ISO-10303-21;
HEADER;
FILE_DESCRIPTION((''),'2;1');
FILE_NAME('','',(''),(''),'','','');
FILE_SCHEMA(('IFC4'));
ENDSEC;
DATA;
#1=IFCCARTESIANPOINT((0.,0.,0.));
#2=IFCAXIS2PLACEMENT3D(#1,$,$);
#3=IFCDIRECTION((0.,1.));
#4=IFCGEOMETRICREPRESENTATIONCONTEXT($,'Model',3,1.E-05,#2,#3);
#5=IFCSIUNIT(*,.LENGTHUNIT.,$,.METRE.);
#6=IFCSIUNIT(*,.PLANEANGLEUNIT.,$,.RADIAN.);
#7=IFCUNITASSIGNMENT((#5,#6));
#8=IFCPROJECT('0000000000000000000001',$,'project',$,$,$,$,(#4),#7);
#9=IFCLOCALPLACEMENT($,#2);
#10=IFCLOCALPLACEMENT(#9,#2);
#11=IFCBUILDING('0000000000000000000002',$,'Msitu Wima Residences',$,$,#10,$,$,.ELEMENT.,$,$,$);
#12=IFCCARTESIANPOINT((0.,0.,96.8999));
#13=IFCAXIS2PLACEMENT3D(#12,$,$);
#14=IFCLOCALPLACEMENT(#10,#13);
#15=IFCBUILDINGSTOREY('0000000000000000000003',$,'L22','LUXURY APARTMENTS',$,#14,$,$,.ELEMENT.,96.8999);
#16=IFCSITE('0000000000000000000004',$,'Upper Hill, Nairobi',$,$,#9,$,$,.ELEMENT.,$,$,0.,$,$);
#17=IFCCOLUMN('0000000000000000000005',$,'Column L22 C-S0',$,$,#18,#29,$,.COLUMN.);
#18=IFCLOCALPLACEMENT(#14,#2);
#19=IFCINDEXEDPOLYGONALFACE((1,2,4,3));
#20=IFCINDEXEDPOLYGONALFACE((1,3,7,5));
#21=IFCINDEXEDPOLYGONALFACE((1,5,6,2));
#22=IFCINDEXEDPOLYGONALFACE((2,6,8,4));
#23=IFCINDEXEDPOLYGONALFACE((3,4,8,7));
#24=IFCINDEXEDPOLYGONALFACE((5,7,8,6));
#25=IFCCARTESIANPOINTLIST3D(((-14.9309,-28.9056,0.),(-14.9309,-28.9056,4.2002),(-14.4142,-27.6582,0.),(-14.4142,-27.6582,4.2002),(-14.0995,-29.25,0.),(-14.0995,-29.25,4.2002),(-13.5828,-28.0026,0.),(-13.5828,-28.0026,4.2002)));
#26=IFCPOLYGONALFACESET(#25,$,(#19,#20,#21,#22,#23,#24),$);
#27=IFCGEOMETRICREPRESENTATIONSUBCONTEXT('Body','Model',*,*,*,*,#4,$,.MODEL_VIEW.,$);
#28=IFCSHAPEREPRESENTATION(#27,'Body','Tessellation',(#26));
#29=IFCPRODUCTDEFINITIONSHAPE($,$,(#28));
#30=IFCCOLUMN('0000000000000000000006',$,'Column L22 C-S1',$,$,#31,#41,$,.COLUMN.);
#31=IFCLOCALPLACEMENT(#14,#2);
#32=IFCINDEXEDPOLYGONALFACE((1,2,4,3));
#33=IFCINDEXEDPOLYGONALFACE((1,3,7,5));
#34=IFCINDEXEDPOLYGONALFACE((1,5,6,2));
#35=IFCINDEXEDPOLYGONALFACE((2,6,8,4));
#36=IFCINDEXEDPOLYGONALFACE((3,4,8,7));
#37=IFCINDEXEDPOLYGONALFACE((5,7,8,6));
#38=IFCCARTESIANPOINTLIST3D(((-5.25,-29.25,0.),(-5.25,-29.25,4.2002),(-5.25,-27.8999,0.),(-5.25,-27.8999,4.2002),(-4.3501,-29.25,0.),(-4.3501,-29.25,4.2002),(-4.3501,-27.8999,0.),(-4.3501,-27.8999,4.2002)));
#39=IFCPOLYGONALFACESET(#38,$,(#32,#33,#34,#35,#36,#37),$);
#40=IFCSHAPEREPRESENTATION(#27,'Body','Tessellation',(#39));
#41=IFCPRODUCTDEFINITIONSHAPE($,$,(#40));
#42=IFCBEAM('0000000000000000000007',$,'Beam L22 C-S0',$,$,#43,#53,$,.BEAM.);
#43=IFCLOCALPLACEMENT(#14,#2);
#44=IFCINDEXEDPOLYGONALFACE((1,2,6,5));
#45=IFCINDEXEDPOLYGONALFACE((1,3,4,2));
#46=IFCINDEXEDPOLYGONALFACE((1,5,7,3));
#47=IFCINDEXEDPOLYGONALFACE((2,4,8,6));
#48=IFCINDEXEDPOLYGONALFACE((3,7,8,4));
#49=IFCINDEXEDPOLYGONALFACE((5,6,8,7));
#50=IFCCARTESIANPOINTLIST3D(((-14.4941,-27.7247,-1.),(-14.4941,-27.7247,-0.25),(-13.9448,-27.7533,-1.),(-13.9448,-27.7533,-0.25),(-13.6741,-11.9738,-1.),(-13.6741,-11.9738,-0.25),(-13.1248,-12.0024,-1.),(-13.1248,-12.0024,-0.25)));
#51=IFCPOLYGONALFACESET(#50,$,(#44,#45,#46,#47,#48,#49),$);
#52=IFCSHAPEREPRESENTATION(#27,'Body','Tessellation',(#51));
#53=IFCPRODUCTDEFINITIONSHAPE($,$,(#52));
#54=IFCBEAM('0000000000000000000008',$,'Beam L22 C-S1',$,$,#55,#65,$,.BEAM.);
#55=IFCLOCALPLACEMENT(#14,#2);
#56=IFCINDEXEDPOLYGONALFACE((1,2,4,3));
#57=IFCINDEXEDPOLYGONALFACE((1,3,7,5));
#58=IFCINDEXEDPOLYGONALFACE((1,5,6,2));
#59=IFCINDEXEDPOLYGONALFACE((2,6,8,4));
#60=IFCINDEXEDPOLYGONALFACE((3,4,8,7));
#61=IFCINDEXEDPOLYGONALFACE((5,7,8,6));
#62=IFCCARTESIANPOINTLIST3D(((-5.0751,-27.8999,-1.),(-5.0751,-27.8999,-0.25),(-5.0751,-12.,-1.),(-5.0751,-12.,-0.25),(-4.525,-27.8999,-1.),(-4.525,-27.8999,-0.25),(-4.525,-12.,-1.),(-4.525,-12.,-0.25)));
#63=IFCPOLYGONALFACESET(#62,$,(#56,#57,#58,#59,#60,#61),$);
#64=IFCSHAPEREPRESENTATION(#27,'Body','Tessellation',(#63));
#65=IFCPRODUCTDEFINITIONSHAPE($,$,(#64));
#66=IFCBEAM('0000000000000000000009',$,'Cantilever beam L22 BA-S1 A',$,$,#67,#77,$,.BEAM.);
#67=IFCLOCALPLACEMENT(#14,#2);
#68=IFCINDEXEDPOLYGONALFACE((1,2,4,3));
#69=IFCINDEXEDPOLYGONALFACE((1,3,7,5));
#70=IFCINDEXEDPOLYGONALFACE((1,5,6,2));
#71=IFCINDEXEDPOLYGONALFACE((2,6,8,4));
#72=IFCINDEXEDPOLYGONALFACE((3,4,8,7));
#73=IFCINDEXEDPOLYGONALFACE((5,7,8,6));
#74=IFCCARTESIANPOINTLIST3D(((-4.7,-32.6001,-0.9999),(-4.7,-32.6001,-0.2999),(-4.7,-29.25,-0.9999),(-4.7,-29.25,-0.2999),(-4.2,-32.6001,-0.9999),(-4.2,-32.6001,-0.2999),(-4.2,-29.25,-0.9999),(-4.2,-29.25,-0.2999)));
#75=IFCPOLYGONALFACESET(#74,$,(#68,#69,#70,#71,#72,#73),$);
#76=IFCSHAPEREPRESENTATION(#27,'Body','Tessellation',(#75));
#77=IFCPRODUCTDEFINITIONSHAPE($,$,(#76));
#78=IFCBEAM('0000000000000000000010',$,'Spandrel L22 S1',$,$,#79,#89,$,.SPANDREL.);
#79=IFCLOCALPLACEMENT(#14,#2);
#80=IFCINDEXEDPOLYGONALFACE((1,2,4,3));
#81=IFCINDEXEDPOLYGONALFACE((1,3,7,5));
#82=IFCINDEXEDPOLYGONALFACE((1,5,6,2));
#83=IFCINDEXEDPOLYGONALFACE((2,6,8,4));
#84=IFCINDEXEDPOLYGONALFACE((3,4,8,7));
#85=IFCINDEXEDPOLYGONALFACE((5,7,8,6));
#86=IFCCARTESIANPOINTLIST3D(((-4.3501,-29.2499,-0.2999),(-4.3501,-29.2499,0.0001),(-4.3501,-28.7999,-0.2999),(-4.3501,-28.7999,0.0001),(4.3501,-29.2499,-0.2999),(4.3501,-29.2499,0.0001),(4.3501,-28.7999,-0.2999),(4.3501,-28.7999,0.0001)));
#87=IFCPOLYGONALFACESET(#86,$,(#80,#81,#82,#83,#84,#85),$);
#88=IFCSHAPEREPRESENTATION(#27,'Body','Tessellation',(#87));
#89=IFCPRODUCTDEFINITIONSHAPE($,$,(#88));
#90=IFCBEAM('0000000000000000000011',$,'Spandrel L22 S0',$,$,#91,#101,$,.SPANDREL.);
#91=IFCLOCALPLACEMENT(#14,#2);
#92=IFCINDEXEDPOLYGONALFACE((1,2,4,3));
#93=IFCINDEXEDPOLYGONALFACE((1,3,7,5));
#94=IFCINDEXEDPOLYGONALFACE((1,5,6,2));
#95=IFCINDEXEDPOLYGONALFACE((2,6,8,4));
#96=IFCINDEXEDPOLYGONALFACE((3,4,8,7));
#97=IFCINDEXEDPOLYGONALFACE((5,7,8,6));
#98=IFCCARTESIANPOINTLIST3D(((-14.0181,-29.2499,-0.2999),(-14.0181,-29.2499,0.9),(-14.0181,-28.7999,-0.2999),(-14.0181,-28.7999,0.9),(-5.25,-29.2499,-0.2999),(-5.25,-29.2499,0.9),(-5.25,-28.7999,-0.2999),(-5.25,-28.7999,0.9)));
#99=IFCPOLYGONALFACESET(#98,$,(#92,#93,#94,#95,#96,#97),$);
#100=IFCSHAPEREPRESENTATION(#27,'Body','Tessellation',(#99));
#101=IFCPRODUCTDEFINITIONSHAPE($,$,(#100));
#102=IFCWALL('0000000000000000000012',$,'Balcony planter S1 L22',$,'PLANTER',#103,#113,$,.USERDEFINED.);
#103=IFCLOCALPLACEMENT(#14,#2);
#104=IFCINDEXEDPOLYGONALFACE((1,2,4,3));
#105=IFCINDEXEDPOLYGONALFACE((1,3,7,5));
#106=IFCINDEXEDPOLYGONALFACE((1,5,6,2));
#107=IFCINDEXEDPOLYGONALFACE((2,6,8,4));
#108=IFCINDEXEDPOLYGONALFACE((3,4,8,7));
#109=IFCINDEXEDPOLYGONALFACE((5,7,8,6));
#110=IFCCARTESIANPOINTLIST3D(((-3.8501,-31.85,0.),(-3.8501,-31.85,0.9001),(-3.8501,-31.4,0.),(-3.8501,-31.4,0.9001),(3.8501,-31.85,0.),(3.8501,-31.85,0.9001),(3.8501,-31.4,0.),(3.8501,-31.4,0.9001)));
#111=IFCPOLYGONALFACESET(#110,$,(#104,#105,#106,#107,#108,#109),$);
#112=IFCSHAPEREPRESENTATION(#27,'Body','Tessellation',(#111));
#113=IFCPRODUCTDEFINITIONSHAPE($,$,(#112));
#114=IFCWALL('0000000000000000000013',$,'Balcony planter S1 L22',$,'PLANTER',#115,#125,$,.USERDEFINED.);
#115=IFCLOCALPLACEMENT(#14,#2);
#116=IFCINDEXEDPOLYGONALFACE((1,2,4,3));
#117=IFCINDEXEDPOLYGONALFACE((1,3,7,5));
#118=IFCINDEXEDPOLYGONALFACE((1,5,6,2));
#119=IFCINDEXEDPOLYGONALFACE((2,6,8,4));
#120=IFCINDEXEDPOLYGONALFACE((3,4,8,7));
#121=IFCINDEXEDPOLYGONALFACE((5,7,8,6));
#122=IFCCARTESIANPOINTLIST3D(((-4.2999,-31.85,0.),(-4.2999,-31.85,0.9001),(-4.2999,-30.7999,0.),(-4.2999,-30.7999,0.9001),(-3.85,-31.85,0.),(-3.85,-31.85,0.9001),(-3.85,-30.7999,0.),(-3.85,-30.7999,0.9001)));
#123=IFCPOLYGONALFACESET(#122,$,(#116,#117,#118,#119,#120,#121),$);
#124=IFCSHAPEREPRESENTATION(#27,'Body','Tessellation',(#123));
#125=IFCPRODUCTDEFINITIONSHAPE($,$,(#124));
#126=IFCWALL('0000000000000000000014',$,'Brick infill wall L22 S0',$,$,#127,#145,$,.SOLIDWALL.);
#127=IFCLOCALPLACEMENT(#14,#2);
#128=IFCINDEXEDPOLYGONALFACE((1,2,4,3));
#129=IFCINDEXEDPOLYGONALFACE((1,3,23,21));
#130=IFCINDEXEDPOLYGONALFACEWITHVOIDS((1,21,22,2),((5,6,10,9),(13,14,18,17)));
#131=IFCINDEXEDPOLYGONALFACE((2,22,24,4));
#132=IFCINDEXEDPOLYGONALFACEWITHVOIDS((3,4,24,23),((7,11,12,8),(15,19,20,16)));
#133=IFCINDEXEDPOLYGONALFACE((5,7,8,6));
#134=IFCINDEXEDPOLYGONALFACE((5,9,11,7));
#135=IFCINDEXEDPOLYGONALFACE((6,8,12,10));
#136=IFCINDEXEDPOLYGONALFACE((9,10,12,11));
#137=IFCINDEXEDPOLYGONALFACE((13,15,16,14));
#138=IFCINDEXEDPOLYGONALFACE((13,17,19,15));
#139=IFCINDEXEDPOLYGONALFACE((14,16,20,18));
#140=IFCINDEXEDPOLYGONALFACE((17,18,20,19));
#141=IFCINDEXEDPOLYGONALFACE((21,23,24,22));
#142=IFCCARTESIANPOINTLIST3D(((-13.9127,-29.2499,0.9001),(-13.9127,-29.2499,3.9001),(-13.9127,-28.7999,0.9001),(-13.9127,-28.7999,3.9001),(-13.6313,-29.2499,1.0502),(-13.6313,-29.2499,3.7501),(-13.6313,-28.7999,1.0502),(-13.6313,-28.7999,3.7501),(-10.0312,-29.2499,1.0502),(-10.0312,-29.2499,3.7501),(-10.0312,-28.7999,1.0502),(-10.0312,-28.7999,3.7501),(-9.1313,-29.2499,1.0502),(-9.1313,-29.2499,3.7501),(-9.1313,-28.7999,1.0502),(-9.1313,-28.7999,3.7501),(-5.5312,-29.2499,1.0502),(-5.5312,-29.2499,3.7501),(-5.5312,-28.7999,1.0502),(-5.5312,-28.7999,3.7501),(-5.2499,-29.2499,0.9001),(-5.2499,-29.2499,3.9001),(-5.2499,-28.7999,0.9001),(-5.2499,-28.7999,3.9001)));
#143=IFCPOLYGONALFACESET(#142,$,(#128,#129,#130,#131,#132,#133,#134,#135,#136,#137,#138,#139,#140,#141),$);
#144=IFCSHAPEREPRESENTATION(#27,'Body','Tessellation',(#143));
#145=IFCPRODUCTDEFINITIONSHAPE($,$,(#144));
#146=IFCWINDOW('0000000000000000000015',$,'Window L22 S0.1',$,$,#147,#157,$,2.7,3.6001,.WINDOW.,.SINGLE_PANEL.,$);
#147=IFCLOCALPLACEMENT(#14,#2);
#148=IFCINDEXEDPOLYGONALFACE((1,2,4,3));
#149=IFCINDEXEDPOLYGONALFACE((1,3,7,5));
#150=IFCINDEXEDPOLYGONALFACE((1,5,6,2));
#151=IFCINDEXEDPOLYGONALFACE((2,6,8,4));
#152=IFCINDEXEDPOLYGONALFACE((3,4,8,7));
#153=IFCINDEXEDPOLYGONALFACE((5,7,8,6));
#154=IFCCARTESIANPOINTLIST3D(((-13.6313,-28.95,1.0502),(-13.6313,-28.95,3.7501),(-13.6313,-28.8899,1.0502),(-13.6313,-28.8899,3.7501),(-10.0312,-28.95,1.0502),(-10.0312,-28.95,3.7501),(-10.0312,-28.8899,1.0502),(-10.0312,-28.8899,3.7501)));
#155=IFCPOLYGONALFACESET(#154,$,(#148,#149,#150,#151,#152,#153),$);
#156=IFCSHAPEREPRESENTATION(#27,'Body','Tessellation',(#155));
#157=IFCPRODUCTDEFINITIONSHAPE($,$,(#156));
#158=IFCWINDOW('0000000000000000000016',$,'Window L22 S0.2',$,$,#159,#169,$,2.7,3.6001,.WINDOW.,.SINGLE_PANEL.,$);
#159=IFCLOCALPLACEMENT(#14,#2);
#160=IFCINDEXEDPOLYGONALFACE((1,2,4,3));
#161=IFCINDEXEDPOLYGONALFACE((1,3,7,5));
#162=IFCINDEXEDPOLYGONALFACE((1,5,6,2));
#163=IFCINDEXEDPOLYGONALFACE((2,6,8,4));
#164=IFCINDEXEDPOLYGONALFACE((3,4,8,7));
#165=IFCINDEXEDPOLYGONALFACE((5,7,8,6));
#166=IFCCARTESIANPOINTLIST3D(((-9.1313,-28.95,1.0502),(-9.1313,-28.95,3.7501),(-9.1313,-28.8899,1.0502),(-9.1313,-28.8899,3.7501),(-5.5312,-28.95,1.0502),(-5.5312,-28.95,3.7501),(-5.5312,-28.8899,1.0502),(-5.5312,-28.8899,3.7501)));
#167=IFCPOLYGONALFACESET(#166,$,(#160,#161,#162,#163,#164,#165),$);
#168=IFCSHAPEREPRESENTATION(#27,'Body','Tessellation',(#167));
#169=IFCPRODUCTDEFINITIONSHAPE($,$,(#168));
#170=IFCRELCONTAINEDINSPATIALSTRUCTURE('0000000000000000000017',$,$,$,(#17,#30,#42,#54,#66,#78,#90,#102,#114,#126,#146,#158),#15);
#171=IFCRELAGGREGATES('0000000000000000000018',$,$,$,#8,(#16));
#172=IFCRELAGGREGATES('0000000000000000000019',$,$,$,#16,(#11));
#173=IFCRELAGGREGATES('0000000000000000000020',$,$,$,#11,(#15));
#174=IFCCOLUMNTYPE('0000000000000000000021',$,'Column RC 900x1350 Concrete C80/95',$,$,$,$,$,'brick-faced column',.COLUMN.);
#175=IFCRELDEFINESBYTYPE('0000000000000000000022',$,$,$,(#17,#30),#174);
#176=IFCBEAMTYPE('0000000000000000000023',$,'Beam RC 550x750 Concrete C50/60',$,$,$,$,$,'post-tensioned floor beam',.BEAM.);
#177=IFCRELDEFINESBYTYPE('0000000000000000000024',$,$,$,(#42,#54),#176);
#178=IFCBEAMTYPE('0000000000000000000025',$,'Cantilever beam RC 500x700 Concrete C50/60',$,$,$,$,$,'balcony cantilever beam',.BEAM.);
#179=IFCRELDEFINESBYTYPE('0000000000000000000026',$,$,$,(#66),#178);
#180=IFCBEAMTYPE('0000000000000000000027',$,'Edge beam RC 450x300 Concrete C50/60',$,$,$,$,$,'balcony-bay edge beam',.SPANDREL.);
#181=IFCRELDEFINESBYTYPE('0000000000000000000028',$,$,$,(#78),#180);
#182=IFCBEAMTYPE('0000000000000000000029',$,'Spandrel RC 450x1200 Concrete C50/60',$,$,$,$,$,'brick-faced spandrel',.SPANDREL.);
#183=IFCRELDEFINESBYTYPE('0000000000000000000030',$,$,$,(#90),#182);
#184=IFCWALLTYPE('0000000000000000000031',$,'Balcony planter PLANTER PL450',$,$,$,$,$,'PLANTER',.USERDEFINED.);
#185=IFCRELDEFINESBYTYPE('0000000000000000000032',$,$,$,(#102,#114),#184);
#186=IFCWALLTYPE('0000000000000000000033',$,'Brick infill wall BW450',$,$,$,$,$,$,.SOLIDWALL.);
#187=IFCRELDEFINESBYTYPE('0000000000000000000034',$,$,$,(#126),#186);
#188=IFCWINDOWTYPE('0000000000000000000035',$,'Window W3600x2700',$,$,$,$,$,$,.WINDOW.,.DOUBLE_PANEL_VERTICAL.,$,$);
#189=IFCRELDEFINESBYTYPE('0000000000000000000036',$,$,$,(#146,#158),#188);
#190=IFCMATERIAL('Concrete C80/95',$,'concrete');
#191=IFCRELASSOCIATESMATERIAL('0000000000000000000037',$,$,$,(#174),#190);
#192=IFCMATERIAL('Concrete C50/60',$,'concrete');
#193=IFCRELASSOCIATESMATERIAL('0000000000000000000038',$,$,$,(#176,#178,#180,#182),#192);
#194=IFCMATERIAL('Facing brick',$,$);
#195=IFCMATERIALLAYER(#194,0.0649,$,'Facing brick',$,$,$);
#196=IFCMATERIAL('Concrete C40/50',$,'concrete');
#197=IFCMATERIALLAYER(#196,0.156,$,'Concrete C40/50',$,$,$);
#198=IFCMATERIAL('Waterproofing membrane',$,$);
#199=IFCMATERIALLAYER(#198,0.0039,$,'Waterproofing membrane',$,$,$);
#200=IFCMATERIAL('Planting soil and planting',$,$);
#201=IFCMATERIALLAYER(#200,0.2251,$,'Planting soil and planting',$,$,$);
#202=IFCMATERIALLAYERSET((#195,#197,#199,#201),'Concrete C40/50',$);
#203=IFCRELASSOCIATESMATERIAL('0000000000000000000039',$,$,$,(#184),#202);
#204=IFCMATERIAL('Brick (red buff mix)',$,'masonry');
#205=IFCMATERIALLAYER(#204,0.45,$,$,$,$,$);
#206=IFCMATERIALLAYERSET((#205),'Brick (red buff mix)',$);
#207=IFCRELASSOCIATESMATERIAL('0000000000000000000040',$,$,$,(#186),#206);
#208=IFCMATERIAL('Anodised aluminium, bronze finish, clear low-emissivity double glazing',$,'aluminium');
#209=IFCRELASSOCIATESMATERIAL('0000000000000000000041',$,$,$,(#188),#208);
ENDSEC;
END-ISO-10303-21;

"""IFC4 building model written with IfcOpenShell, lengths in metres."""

from ifc_helpers import new_model, si_unit, direction, frame, frame_2d, origin, origin_2d, place, context, subcontext, project, spatial, rectangle, extrude, material, layer, layer_set, material_profile, profile_set, type_object, element, fill, save


model = new_model("IFC4")

# Units and contexts
model_context = context("Model", 3, precision=1e-05, world=origin(), true_north=direction((0.0, 1.0)))
body_context = subcontext(model_context, "Body", "Model", "MODEL_VIEW")
ifc_project = project(units=[si_unit("LENGTHUNIT", "METRE"), si_unit("PLANEANGLEUNIT", "RADIAN")], contexts=[model_context])

# Site, building, storey
site_placement = place(None, origin())
site = spatial("IfcSite", under=ifc_project, at=site_placement, Name="Upper Hill, Nairobi", CompositionType="ELEMENT", RefElevation=0.0)
building_placement = place(site_placement, origin())
building = spatial("IfcBuilding", under=site, at=building_placement, Name="Msitu Wima Residences", CompositionType="ELEMENT")
storey_placement = place(building_placement, frame((0.0, 0.0, 96.8999)))
storey = spatial("IfcBuildingStorey", under=building, at=storey_placement, Name="L22", Description="LUXURY APARTMENTS", CompositionType="ELEMENT", Elevation=96.8999)

# Columns
ifc_material_1 = material(Name="Concrete C80/95", Category="concrete")
ifc_material_profile_1 = material_profile(ifc_material_1, rectangle(XDim=0.8999, YDim=1.3501, at=origin_2d()), Name="RC 900x1350")
ifc_profile_set_1 = profile_set([ifc_material_profile_1], Name="Concrete C80/95")
column_type = type_object("IfcColumnType", Name="Column RC 900x1350 Concrete C80/95", ElementType="brick-faced column", PredefinedType="COLUMN", material=ifc_profile_set_1)
for number, where, z_axis, x_axis, name in (
    (1, (-14.2568, -28.4541, 0.0), (0.0, 0.0, 1.0), (0.92388, -0.382683, 0.0), "Column L22 C-S0"),
    (2, (-4.8, -28.575, 0.0), (0.0, 0.0, 1.0), (1.0, 0.0, 0.0), "Column L22 C-S1"),
):
    element("IfcColumn", number, at=place(storey_placement, frame(where, z_axis=z_axis, x_axis=x_axis)), inside=storey, type_object=column_type, Name=name, PredefinedType="COLUMN", context=body_context, shape_type="SweptSolid", body=[
        extrude(rectangle(XDim=0.8999, YDim=1.3501, at=origin_2d()), origin(), (0.0, 0.0, 1.0), 4.2002),
    ])

# Beams
ifc_material_2 = material(Name="Concrete C50/60", Category="concrete")
ifc_material_profile_2 = material_profile(ifc_material_2, rectangle(XDim=0.55, YDim=0.75, at=origin_2d()), Name="RC 550x750")
ifc_profile_set_2 = profile_set([ifc_material_profile_2], Name="Concrete C50/60")
beam_type_1 = type_object("IfcBeamType", Name="Beam RC 550x750 Concrete C50/60", ElementType="post-tensioned floor beam", PredefinedType="BEAM", material=ifc_profile_set_2)
beam_1_placement = place(storey_placement, frame((-14.2195, -27.739, -0.625), z_axis=(0.051994, 0.998647, 0.0), x_axis=(-0.998647, 0.051994, 0.0)))
element("IfcBeam", 3, at=beam_1_placement, inside=storey, type_object=beam_type_1, Name="Beam L22 C-S0", PredefinedType="BEAM", context=body_context, shape_type="SweptSolid", body=[
    extrude(rectangle(XDim=0.55, YDim=0.75, at=origin_2d()), origin(), (0.0, 0.0, 1.0), 15.7722),
])
beam_2_placement = place(storey_placement, frame((-4.8, -27.8999, -0.625), z_axis=(0.0, 1.0, 0.0), x_axis=(-1.0, 0.0, 0.0)))
element("IfcBeam", 4, at=beam_2_placement, inside=storey, type_object=beam_type_1, Name="Beam L22 C-S1", PredefinedType="BEAM", context=body_context, shape_type="SweptSolid", body=[
    extrude(rectangle(XDim=0.55, YDim=0.75, at=origin_2d()), origin(), (0.0, 0.0, 1.0), 15.8999),
])
ifc_material_profile_3 = material_profile(ifc_material_2, rectangle(XDim=0.5, YDim=0.7, at=origin_2d()), Name="RC 500x700")
ifc_profile_set_3 = profile_set([ifc_material_profile_3], Name="Concrete C50/60")
beam_type_2 = type_object("IfcBeamType", Name="Cantilever beam RC 500x700 Concrete C50/60", ElementType="balcony cantilever beam", PredefinedType="BEAM", material=ifc_profile_set_3)
beam_3_placement = place(storey_placement, frame((-4.45, -29.25, -0.6499), z_axis=(0.0, -1.0, 0.0), x_axis=(1.0, 0.0, 0.0)))
element("IfcBeam", 5, at=beam_3_placement, inside=storey, type_object=beam_type_2, Name="Cantilever beam L22 BA-S1 A", PredefinedType="BEAM", context=body_context, shape_type="SweptSolid", body=[
    extrude(rectangle(XDim=0.5, YDim=0.7, at=origin_2d()), origin(), (0.0, 0.0, 1.0), 3.3501),
])
ifc_material_profile_4 = material_profile(ifc_material_2, rectangle(XDim=0.45, YDim=0.3, at=origin_2d()), Name="RC 450x300")
ifc_profile_set_4 = profile_set([ifc_material_profile_4], Name="Concrete C50/60")
beam_type_3 = type_object("IfcBeamType", Name="Edge beam RC 450x300 Concrete C50/60", ElementType="balcony-bay edge beam", PredefinedType="SPANDREL", material=ifc_profile_set_4)
beam_4_placement = place(storey_placement, frame((-4.3501, -29.0249, -0.1499), z_axis=(1.0, 0.0, 0.0), x_axis=(0.0, 1.0, 0.0)))
element("IfcBeam", 6, at=beam_4_placement, inside=storey, type_object=beam_type_3, Name="Spandrel L22 S1", PredefinedType="SPANDREL", context=body_context, shape_type="SweptSolid", body=[
    extrude(rectangle(XDim=0.45, YDim=0.3, at=origin_2d()), origin(), (0.0, 0.0, 1.0), 8.7002),
])
ifc_material_profile_5 = material_profile(ifc_material_2, rectangle(XDim=0.45, YDim=1.2, at=origin_2d()), Name="RC 450x1200")
ifc_profile_set_5 = profile_set([ifc_material_profile_5], Name="Concrete C50/60")
beam_type_4 = type_object("IfcBeamType", Name="Spandrel RC 450x1200 Concrete C50/60", ElementType="brick-faced spandrel", PredefinedType="SPANDREL", material=ifc_profile_set_5)
beam_5_placement = place(storey_placement, frame((-14.0181, -29.0249, 0.3), z_axis=(1.0, 0.0, 0.0), x_axis=(0.0, 1.0, 0.0)))
element("IfcBeam", 7, at=beam_5_placement, inside=storey, type_object=beam_type_4, Name="Spandrel L22 S0", PredefinedType="SPANDREL", context=body_context, shape_type="SweptSolid", body=[
    extrude(rectangle(XDim=0.45, YDim=1.2, at=origin_2d()), origin(), (0.0, 0.0, 1.0), 8.7681),
])

# Walls
ifc_material_3 = material(Name="Facing brick")
ifc_layer_1 = layer(ifc_material_3, 0.0649, Name="Facing brick")
ifc_material_4 = material(Name="Concrete C40/50", Category="concrete")
ifc_layer_2 = layer(ifc_material_4, 0.156, Name="Concrete C40/50")
ifc_material_5 = material(Name="Waterproofing membrane")
ifc_layer_3 = layer(ifc_material_5, 0.0039, Name="Waterproofing membrane")
ifc_material_6 = material(Name="Planting soil and planting")
ifc_layer_4 = layer(ifc_material_6, 0.2251, Name="Planting soil and planting")
ifc_layer_set_1 = layer_set([ifc_layer_1, ifc_layer_2, ifc_layer_3, ifc_layer_4], Name="Concrete C40/50")
wall_type_1 = type_object("IfcWallType", Name="Balcony planter PLANTER PL450", ElementType="PLANTER", PredefinedType="USERDEFINED", material=ifc_layer_set_1)
wall_1_placement = place(storey_placement, frame((-3.8501, -31.625, 0.0), z_axis=(0.0, 0.0, 1.0), x_axis=(1.0, 0.0, 0.0)))
element("IfcWall", 8, at=wall_1_placement, inside=storey, type_object=wall_type_1, Name="Balcony planter S1 L22", ObjectType="PLANTER", PredefinedType="USERDEFINED", context=body_context, shape_type="SweptSolid", body=[
    extrude(rectangle(XDim=7.7002, YDim=0.45, at=frame_2d((3.8501, 0.0))), origin(), (0.0, 0.0, 1.0), 0.9001),
])
wall_2_placement = place(storey_placement, frame((-4.075, -30.8, 0.0), z_axis=(0.0, 0.0, 1.0), x_axis=(0.0, -1.0, 0.0)))
element("IfcWall", 9, at=wall_2_placement, inside=storey, type_object=wall_type_1, Name="Balcony planter S1 L22", ObjectType="PLANTER", PredefinedType="USERDEFINED", context=body_context, shape_type="SweptSolid", body=[
    extrude(rectangle(XDim=1.05, YDim=0.45, at=frame_2d((0.5249, 0.0))), origin(), (0.0, 0.0, 1.0), 0.9001),
])

# Wall, openings, windows
ifc_material_7 = material(Name="Brick (red buff mix)", Category="masonry")
ifc_layer_5 = layer(ifc_material_7, 0.45)
ifc_layer_set_2 = layer_set([ifc_layer_5], Name="Brick (red buff mix)")
wall_type_2 = type_object("IfcWallType", Name="Brick infill wall BW450", PredefinedType="SOLIDWALL", material=ifc_layer_set_2)
wall_3_placement = place(storey_placement, frame((-13.9128, -29.0249, 0.9001), z_axis=(0.0, 0.0, 1.0), x_axis=(1.0, 0.0, 0.0)))
wall_3 = element("IfcWall", 10, at=wall_3_placement, inside=storey, type_object=wall_type_2, Name="Brick infill wall L22 S0", PredefinedType="SOLIDWALL", context=body_context, shape_type="SweptSolid", body=[
    extrude(rectangle(XDim=8.6628, YDim=0.45, at=frame_2d((4.3315, 0.0))), origin(), (0.0, 0.0, 1.0), 3.0),
])
opening_1_placement = place(wall_3_placement, frame((0.2815, 0.0, 0.1499)))
opening_1 = element("IfcOpeningElement", 11, at=opening_1_placement, cuts=wall_3, PredefinedType="OPENING", context=body_context, shape_type="SweptSolid", body=[
    extrude(rectangle(XDim=3.6001, YDim=2.7, at=frame_2d((1.8, 1.3501))), frame((0.0, 0.2349, 0.0), z_axis=(0.0, -1.0, 0.0), x_axis=(1.0, 0.0, 0.0)), (0.0, 0.0, 1.0), 0.47),
])
opening_2_placement = place(wall_3_placement, frame((4.7815, 0.0, 0.1499)))
opening_2 = element("IfcOpeningElement", 12, at=opening_2_placement, cuts=wall_3, PredefinedType="OPENING", context=body_context, shape_type="SweptSolid", body=[
    extrude(rectangle(XDim=3.6001, YDim=2.7, at=frame_2d((1.8, 1.3501))), frame((0.0, 0.2349, 0.0), z_axis=(0.0, -1.0, 0.0), x_axis=(1.0, 0.0, 0.0)), (0.0, 0.0, 1.0), 0.47),
])
ifc_material_8 = material(Name="Anodised aluminium, bronze finish, clear low-emissivity double glazing", Category="aluminium")
window_type = type_object("IfcWindowType", Name="Window W3600x2700", PartitioningType="DOUBLE_PANEL_VERTICAL", PredefinedType="WINDOW", material=ifc_material_8)
window_1_placement = place(opening_1_placement, origin())
window_1 = element("IfcWindow", 13, at=window_1_placement, inside=storey, type_object=window_type, Name="Window L22 S0.1", OverallHeight=2.7, OverallWidth=3.6001, PartitioningType="SINGLE_PANEL", PredefinedType="WINDOW", context=body_context, shape_type="SweptSolid", body=[
    extrude(rectangle(XDim=3.6001, YDim=2.7, at=frame_2d((1.8, 1.3501))), frame((0.0, 0.135, 0.0), z_axis=(0.0, -1.0, 0.0), x_axis=(1.0, 0.0, 0.0)), (0.0, 0.0, 1.0), 0.0601),
])
fill(opening_1, window_1)
window_2_placement = place(opening_2_placement, origin())
window_2 = element("IfcWindow", 14, at=window_2_placement, inside=storey, type_object=window_type, Name="Window L22 S0.2", OverallHeight=2.7, OverallWidth=3.6001, PartitioningType="SINGLE_PANEL", PredefinedType="WINDOW", context=body_context, shape_type="SweptSolid", body=[
    extrude(rectangle(XDim=3.6001, YDim=2.7, at=frame_2d((1.8, 1.3501))), frame((0.0, 0.135, 0.0), z_axis=(0.0, -1.0, 0.0), x_axis=(1.0, 0.0, 0.0)), (0.0, 0.0, 1.0), 0.0601),
])
fill(opening_2, window_2)

save(model, "model.ifc")
